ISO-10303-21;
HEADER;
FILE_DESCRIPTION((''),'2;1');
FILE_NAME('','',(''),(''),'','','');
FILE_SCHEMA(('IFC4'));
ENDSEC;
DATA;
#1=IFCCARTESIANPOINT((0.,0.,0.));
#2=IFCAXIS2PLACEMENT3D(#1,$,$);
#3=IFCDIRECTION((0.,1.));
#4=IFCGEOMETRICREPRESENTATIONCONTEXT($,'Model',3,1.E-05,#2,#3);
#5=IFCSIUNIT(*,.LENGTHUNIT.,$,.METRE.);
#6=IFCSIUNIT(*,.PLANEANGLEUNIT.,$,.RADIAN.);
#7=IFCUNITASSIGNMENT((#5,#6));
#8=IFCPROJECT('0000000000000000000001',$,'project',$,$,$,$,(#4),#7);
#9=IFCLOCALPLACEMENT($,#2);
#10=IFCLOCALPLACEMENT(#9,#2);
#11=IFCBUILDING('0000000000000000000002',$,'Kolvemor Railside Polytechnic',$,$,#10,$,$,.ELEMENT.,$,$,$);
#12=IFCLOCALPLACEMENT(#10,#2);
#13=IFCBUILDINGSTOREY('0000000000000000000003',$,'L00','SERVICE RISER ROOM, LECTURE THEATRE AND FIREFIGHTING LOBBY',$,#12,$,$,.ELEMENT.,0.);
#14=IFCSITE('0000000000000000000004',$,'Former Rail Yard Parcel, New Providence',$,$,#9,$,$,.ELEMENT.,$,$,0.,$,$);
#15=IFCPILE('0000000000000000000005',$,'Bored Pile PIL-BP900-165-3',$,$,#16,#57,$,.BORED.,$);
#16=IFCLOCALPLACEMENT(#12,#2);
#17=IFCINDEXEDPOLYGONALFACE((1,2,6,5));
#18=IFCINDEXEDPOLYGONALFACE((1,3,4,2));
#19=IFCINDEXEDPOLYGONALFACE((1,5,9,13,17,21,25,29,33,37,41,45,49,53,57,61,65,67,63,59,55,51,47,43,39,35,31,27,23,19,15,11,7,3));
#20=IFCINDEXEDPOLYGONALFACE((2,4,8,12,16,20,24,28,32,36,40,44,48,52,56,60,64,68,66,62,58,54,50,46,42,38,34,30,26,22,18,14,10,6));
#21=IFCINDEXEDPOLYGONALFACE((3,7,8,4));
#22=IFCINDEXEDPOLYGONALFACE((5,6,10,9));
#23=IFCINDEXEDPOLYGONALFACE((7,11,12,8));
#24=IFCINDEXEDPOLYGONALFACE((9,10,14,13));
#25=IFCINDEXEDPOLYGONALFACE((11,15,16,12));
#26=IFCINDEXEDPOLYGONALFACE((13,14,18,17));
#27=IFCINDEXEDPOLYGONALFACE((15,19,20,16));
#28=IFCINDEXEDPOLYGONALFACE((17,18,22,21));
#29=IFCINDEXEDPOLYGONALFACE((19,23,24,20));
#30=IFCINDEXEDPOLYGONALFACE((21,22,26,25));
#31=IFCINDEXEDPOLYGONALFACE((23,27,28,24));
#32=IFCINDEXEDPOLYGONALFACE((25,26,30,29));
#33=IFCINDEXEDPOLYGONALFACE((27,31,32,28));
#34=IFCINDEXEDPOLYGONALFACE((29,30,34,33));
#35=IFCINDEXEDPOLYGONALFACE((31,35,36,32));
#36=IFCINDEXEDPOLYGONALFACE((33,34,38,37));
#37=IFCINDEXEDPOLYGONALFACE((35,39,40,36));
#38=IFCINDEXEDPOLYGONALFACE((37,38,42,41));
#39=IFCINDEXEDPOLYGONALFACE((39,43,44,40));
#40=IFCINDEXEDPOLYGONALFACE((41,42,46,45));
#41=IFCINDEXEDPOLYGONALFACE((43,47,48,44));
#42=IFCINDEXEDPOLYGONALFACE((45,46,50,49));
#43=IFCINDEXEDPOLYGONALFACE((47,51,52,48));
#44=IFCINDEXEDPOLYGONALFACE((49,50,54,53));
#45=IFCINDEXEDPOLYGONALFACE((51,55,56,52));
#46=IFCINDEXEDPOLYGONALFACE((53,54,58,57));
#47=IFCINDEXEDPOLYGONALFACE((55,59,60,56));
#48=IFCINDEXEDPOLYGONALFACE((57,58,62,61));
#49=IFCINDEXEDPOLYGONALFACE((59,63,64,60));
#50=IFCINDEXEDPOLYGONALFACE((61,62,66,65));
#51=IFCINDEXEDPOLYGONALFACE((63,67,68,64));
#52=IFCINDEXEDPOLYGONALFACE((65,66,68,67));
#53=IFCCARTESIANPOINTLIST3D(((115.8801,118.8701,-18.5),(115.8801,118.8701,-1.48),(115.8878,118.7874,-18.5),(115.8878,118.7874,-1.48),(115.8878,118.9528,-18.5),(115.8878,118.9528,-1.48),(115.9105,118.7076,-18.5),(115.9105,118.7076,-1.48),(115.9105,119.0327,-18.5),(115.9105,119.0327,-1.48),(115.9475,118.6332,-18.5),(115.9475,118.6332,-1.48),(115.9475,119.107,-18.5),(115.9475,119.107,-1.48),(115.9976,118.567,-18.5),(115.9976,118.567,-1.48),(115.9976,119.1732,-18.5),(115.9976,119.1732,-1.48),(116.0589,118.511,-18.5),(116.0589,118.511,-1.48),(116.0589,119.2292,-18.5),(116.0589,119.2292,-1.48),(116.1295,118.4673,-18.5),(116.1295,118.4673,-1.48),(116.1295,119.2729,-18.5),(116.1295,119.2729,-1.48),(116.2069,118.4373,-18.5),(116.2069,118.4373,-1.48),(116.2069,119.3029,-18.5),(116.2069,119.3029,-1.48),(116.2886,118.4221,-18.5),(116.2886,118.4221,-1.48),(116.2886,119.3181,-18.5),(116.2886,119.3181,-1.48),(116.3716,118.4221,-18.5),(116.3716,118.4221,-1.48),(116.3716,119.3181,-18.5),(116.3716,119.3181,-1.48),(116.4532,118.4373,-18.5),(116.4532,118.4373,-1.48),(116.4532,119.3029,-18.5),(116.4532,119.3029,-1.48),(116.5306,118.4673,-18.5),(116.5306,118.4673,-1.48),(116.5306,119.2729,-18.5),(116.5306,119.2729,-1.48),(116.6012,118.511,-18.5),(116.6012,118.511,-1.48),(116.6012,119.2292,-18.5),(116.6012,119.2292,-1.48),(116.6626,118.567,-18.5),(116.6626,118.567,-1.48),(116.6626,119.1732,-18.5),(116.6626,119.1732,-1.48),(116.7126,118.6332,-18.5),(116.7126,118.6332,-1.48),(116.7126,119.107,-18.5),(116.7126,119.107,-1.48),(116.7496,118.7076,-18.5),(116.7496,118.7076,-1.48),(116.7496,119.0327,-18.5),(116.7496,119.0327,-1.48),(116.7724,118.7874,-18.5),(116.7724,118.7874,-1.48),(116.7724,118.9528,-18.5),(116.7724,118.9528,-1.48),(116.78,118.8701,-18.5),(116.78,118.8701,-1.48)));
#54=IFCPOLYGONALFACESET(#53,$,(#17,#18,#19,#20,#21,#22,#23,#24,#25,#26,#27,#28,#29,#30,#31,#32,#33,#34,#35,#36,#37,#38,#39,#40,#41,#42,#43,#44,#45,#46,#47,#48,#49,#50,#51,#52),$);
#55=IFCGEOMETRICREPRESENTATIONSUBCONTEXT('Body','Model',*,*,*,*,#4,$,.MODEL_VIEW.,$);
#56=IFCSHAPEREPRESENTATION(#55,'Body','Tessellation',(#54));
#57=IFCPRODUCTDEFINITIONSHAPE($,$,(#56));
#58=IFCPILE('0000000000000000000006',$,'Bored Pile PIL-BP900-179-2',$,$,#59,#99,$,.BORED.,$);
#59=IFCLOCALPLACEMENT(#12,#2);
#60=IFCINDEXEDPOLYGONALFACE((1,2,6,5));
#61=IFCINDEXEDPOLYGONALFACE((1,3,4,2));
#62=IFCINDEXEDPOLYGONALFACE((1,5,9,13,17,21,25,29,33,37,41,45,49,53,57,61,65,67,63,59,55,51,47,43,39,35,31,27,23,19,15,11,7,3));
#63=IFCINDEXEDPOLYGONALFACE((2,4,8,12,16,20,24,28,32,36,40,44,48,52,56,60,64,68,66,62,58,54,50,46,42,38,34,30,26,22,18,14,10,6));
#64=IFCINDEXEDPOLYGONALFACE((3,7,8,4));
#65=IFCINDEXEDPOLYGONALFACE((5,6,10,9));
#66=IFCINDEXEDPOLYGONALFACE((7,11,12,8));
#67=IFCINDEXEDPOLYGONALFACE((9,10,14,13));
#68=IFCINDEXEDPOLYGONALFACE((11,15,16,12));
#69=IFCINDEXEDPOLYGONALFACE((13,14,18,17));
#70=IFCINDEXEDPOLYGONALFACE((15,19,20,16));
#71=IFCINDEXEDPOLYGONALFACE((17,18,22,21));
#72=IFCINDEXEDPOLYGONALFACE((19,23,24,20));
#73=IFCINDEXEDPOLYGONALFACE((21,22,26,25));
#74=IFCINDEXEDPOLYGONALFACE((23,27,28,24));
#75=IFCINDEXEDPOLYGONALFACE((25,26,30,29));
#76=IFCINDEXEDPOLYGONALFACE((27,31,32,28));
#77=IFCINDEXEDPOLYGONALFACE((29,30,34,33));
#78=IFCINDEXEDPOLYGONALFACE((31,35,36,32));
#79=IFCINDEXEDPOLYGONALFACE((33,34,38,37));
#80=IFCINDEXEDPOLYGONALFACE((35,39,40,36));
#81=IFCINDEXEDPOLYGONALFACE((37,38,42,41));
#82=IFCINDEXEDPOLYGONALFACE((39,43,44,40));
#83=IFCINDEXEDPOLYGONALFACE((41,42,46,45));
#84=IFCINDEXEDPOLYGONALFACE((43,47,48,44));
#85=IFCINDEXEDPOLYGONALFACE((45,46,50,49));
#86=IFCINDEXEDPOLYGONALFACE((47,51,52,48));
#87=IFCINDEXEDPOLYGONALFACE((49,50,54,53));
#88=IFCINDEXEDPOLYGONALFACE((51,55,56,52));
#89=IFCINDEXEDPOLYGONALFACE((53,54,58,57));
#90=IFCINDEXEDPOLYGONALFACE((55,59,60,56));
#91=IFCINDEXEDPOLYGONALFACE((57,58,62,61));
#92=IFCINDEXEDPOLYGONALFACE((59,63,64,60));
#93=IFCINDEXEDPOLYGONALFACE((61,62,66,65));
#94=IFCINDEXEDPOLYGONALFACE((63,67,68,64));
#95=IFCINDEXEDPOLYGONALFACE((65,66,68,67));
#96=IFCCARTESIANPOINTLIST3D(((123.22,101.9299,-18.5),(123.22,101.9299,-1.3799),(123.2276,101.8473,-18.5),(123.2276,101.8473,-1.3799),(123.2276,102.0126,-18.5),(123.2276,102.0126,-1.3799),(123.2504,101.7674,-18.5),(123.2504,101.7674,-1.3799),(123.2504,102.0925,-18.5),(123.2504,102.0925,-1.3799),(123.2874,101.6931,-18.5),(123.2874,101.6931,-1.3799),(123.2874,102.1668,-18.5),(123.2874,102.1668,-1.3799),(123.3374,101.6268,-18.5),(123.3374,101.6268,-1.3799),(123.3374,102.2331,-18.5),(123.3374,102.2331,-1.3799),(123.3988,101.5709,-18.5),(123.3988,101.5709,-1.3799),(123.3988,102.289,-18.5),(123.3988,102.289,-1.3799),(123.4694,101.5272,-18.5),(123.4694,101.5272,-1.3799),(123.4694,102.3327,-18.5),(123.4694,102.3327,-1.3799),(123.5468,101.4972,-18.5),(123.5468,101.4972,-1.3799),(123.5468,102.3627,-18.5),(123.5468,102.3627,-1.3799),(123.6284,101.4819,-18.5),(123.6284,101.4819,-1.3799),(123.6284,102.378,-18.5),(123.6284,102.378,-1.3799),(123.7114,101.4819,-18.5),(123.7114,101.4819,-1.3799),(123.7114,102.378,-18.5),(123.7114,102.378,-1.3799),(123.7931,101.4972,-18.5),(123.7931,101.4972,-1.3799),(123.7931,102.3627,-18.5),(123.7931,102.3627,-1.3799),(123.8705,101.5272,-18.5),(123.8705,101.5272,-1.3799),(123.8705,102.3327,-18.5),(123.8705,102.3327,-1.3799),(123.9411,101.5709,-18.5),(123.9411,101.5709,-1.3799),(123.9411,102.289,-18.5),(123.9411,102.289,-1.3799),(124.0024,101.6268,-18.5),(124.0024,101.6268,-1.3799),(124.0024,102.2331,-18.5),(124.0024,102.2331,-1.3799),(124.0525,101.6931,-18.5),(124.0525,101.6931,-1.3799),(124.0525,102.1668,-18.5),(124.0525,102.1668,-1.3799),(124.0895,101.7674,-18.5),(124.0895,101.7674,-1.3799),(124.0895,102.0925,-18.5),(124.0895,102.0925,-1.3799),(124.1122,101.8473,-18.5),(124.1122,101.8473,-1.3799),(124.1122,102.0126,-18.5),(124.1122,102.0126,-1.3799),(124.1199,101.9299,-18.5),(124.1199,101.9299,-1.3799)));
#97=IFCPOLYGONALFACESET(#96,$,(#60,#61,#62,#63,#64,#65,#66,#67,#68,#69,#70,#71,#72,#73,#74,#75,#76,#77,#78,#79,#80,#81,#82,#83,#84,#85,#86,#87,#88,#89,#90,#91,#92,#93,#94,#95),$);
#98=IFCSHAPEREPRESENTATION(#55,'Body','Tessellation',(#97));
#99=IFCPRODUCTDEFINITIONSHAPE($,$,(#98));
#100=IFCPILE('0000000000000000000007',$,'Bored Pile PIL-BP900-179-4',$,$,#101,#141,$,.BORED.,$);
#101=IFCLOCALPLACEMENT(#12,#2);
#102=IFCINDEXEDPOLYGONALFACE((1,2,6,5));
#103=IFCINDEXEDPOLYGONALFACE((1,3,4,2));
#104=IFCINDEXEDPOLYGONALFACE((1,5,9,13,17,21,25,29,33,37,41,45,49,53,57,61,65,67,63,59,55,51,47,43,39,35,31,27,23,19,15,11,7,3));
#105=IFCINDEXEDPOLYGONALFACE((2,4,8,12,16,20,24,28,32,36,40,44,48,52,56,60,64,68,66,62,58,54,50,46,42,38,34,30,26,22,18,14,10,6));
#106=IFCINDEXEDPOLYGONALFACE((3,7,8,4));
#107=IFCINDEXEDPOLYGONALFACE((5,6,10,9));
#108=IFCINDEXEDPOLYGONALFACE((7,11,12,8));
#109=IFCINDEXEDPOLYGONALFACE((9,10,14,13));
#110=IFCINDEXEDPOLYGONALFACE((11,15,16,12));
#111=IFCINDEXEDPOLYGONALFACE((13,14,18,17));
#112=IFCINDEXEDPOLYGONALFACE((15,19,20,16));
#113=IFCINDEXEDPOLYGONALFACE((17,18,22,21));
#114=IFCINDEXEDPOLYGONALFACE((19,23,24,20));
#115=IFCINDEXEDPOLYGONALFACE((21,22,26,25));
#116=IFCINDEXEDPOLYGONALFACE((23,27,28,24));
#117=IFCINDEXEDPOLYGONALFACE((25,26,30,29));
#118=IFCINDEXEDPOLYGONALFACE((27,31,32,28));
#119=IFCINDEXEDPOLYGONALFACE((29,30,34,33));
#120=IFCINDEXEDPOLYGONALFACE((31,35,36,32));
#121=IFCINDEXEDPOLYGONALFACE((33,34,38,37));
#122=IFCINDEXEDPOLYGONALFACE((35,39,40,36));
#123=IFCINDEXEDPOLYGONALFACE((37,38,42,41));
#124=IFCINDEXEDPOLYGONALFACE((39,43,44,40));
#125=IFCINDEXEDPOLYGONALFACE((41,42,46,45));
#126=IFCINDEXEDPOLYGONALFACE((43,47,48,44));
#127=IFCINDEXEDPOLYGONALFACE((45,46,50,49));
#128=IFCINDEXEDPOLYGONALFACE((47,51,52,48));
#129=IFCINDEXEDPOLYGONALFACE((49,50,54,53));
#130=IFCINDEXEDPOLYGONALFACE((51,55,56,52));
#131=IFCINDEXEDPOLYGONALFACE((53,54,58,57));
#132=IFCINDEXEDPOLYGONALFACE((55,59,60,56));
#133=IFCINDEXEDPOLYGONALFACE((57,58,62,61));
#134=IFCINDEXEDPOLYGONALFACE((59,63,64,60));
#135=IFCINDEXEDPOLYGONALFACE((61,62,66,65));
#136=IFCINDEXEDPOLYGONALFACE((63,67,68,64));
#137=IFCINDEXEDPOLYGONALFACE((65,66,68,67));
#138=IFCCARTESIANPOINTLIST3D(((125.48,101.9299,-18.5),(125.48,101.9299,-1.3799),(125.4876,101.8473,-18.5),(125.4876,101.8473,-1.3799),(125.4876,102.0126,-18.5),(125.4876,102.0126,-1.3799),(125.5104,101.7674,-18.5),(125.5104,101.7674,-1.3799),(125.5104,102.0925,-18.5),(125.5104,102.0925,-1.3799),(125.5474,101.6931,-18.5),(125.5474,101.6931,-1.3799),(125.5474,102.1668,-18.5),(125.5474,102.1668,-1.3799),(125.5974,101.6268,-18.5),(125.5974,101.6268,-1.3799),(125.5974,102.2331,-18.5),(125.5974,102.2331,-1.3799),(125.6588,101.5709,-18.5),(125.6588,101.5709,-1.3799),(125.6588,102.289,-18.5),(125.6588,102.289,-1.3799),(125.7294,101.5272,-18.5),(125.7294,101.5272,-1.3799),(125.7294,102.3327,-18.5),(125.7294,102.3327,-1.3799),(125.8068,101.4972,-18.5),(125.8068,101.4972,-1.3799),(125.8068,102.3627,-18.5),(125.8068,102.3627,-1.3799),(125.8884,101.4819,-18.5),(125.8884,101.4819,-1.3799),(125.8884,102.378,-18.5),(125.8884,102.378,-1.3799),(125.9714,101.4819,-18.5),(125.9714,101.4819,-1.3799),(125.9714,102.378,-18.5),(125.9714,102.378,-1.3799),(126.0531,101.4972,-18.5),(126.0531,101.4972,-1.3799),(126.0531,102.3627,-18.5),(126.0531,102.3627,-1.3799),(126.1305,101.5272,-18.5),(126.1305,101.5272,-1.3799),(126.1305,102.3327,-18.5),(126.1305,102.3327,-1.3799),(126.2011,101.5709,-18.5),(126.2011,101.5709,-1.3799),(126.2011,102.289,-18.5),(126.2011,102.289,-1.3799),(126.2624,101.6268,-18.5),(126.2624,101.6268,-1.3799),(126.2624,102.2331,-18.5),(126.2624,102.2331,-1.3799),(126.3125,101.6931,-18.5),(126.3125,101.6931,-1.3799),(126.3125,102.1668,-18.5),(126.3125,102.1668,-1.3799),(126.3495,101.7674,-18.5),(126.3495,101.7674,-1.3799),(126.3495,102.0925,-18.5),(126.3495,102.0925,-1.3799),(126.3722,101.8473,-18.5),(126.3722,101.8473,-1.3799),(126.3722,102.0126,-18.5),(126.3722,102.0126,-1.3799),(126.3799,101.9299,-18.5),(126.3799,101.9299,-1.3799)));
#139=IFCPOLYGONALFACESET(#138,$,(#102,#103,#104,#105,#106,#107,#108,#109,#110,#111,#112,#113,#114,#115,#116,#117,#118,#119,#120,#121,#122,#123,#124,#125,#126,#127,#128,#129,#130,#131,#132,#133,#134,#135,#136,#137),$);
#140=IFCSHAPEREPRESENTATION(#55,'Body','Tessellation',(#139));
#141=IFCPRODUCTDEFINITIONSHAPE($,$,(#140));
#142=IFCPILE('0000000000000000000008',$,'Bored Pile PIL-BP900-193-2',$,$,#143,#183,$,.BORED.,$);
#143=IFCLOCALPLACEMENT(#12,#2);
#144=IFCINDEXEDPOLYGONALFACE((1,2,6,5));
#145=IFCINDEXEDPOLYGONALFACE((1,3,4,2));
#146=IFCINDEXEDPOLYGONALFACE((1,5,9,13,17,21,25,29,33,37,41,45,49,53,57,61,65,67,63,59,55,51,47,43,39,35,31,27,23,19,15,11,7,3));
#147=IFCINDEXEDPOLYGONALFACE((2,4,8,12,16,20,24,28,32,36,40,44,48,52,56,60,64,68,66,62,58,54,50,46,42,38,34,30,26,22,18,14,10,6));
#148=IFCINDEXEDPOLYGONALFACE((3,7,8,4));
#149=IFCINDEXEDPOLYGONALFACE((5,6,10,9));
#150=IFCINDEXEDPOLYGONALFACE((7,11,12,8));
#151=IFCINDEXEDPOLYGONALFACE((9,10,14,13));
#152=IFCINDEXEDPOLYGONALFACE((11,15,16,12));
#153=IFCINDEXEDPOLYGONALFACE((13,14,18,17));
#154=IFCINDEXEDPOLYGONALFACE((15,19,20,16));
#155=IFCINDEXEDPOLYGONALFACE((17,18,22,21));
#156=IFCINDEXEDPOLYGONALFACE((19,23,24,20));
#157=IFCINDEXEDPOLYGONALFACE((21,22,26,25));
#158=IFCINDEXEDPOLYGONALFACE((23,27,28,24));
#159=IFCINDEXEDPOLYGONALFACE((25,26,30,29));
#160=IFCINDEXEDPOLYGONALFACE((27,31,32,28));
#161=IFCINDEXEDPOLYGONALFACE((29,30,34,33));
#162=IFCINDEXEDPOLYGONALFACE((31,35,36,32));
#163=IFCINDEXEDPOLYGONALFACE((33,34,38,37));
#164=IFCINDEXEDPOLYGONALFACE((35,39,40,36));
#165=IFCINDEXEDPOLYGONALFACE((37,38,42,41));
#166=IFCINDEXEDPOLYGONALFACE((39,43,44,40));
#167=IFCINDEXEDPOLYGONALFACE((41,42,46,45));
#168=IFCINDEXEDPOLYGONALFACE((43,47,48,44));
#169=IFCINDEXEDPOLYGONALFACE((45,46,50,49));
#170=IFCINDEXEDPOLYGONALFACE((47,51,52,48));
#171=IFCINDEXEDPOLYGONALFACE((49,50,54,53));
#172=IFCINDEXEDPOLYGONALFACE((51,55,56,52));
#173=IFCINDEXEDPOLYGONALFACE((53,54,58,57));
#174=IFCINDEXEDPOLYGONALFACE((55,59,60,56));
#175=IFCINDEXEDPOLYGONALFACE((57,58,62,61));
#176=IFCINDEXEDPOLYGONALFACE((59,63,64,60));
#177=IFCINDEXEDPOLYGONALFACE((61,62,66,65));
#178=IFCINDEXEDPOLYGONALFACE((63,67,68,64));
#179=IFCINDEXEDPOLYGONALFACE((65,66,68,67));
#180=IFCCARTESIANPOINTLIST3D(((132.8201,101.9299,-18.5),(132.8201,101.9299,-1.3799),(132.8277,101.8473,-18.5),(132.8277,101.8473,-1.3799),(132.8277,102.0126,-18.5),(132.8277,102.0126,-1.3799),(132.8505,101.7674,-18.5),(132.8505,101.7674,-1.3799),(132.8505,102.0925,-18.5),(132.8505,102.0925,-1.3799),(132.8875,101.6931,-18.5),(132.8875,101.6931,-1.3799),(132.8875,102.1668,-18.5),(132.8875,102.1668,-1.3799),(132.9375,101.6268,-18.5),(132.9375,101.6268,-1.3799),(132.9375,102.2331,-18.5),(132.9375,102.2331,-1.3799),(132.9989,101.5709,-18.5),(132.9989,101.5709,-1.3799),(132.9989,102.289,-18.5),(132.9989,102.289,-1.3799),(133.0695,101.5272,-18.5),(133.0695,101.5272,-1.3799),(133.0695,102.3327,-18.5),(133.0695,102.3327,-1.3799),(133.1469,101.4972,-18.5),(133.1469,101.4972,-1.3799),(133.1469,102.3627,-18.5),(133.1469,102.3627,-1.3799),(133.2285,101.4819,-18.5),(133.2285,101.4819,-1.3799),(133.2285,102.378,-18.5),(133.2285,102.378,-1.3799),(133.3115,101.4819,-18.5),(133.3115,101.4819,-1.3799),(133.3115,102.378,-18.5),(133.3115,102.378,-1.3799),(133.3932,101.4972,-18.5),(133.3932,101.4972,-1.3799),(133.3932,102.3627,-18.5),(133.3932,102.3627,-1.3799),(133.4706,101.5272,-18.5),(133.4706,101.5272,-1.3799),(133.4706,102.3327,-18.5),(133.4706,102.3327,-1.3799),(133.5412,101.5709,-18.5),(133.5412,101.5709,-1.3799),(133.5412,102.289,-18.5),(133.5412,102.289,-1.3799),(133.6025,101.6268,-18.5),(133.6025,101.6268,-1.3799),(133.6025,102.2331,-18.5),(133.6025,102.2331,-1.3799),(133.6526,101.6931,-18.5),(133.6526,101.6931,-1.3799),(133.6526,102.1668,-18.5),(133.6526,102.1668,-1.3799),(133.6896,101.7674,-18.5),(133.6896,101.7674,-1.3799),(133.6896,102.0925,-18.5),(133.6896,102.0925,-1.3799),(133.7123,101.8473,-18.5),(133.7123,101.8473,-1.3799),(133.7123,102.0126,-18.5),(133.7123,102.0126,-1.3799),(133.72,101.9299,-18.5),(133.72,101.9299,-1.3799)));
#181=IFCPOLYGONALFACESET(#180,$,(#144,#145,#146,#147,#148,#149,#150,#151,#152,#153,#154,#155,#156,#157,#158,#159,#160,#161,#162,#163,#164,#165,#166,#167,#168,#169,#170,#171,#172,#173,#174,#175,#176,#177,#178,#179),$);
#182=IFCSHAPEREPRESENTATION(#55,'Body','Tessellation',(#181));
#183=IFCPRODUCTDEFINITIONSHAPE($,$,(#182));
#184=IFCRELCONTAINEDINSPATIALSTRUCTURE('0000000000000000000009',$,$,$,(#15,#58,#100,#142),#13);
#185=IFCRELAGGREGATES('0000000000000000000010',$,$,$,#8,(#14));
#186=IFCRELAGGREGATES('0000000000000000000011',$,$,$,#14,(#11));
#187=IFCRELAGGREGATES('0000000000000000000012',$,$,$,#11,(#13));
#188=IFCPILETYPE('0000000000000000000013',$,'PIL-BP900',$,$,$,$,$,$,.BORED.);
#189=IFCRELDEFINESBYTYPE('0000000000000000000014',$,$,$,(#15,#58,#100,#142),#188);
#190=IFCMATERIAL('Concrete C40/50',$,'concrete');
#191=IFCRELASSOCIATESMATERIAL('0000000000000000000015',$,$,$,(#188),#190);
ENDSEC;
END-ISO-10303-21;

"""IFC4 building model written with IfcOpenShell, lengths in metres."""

from ifc_helpers import new_model, si_unit, direction, frame, origin, origin_2d, place, context, subcontext, project, spatial, circle, extrude, material, material_profile, profile_set, type_object, element, save


model = new_model("IFC4")

# Units and contexts
model_context = context("Model", 3, precision=1e-05, world=origin(), true_north=direction((0.0, 1.0)))
body_context = subcontext(model_context, "Body", "Model", "MODEL_VIEW")
ifc_project = project(units=[si_unit("LENGTHUNIT", "METRE"), si_unit("PLANEANGLEUNIT", "RADIAN")], contexts=[model_context])

# Site, building, storey
site_placement = place(None, origin())
site = spatial("IfcSite", under=ifc_project, at=site_placement, Name="Former Rail Yard Parcel, New Providence", CompositionType="ELEMENT", RefElevation=0.0)
building_placement = place(site_placement, origin())
building = spatial("IfcBuilding", under=site, at=building_placement, Name="Kolvemor Railside Polytechnic", CompositionType="ELEMENT")
storey_placement = place(building_placement, origin())
storey = spatial("IfcBuildingStorey", under=building, at=storey_placement, Name="L00", Description="SERVICE RISER ROOM, LECTURE THEATRE AND FIREFIGHTING LOBBY", CompositionType="ELEMENT", Elevation=0.0)

# Piles
ifc_material_1 = material(Name="Concrete C40/50", Category="concrete")
ifc_material_profile_1 = material_profile(ifc_material_1, circle(Radius=0.45, at=origin_2d()), Name="BP900")
ifc_profile_set_1 = profile_set([ifc_material_profile_1], Name="Concrete C40/50")
pile_type_1 = type_object("IfcPileType", Name="PIL-BP900", PredefinedType="BORED", material=ifc_profile_set_1)
for number, where, z_axis, x_axis, name in (
    (1, (116.3301, 118.8701, -1.48), (0.0, 0.0, -1.0), (1.0, 0.0, 0.0), "Bored Pile PIL-BP900-165-3"),
):
    element("IfcPile", number, at=place(storey_placement, frame(where, z_axis=z_axis, x_axis=x_axis)), inside=storey, type_object=pile_type_1, Name=name, PredefinedType="BORED", context=body_context, shape_type="SweptSolid", body=[
        extrude(circle(Radius=0.45, at=origin_2d()), origin(), (0.0, 0.0, 1.0), 17.02),
    ])
for number, where, z_axis, x_axis, name in (
    (2, (123.6699, 101.9299, -1.3799), (0.0, 0.0, -1.0), (1.0, 0.0, 0.0), "Bored Pile PIL-BP900-179-2"),
    (3, (125.9299, 101.9299, -1.3799), (0.0, 0.0, -1.0), (1.0, 0.0, 0.0), "Bored Pile PIL-BP900-179-4"),
    (4, (133.27, 101.9299, -1.3799), (0.0, 0.0, -1.0), (1.0, 0.0, 0.0), "Bored Pile PIL-BP900-193-2"),
):
    element("IfcPile", number, at=place(storey_placement, frame(where, z_axis=z_axis, x_axis=x_axis)), inside=storey, type_object=pile_type_1, Name=name, PredefinedType="BORED", context=body_context, shape_type="SweptSolid", body=[
        extrude(circle(Radius=0.45, at=origin_2d()), origin(), (0.0, 0.0, 1.0), 17.1201),
    ])

save(model, "model.ifc")
